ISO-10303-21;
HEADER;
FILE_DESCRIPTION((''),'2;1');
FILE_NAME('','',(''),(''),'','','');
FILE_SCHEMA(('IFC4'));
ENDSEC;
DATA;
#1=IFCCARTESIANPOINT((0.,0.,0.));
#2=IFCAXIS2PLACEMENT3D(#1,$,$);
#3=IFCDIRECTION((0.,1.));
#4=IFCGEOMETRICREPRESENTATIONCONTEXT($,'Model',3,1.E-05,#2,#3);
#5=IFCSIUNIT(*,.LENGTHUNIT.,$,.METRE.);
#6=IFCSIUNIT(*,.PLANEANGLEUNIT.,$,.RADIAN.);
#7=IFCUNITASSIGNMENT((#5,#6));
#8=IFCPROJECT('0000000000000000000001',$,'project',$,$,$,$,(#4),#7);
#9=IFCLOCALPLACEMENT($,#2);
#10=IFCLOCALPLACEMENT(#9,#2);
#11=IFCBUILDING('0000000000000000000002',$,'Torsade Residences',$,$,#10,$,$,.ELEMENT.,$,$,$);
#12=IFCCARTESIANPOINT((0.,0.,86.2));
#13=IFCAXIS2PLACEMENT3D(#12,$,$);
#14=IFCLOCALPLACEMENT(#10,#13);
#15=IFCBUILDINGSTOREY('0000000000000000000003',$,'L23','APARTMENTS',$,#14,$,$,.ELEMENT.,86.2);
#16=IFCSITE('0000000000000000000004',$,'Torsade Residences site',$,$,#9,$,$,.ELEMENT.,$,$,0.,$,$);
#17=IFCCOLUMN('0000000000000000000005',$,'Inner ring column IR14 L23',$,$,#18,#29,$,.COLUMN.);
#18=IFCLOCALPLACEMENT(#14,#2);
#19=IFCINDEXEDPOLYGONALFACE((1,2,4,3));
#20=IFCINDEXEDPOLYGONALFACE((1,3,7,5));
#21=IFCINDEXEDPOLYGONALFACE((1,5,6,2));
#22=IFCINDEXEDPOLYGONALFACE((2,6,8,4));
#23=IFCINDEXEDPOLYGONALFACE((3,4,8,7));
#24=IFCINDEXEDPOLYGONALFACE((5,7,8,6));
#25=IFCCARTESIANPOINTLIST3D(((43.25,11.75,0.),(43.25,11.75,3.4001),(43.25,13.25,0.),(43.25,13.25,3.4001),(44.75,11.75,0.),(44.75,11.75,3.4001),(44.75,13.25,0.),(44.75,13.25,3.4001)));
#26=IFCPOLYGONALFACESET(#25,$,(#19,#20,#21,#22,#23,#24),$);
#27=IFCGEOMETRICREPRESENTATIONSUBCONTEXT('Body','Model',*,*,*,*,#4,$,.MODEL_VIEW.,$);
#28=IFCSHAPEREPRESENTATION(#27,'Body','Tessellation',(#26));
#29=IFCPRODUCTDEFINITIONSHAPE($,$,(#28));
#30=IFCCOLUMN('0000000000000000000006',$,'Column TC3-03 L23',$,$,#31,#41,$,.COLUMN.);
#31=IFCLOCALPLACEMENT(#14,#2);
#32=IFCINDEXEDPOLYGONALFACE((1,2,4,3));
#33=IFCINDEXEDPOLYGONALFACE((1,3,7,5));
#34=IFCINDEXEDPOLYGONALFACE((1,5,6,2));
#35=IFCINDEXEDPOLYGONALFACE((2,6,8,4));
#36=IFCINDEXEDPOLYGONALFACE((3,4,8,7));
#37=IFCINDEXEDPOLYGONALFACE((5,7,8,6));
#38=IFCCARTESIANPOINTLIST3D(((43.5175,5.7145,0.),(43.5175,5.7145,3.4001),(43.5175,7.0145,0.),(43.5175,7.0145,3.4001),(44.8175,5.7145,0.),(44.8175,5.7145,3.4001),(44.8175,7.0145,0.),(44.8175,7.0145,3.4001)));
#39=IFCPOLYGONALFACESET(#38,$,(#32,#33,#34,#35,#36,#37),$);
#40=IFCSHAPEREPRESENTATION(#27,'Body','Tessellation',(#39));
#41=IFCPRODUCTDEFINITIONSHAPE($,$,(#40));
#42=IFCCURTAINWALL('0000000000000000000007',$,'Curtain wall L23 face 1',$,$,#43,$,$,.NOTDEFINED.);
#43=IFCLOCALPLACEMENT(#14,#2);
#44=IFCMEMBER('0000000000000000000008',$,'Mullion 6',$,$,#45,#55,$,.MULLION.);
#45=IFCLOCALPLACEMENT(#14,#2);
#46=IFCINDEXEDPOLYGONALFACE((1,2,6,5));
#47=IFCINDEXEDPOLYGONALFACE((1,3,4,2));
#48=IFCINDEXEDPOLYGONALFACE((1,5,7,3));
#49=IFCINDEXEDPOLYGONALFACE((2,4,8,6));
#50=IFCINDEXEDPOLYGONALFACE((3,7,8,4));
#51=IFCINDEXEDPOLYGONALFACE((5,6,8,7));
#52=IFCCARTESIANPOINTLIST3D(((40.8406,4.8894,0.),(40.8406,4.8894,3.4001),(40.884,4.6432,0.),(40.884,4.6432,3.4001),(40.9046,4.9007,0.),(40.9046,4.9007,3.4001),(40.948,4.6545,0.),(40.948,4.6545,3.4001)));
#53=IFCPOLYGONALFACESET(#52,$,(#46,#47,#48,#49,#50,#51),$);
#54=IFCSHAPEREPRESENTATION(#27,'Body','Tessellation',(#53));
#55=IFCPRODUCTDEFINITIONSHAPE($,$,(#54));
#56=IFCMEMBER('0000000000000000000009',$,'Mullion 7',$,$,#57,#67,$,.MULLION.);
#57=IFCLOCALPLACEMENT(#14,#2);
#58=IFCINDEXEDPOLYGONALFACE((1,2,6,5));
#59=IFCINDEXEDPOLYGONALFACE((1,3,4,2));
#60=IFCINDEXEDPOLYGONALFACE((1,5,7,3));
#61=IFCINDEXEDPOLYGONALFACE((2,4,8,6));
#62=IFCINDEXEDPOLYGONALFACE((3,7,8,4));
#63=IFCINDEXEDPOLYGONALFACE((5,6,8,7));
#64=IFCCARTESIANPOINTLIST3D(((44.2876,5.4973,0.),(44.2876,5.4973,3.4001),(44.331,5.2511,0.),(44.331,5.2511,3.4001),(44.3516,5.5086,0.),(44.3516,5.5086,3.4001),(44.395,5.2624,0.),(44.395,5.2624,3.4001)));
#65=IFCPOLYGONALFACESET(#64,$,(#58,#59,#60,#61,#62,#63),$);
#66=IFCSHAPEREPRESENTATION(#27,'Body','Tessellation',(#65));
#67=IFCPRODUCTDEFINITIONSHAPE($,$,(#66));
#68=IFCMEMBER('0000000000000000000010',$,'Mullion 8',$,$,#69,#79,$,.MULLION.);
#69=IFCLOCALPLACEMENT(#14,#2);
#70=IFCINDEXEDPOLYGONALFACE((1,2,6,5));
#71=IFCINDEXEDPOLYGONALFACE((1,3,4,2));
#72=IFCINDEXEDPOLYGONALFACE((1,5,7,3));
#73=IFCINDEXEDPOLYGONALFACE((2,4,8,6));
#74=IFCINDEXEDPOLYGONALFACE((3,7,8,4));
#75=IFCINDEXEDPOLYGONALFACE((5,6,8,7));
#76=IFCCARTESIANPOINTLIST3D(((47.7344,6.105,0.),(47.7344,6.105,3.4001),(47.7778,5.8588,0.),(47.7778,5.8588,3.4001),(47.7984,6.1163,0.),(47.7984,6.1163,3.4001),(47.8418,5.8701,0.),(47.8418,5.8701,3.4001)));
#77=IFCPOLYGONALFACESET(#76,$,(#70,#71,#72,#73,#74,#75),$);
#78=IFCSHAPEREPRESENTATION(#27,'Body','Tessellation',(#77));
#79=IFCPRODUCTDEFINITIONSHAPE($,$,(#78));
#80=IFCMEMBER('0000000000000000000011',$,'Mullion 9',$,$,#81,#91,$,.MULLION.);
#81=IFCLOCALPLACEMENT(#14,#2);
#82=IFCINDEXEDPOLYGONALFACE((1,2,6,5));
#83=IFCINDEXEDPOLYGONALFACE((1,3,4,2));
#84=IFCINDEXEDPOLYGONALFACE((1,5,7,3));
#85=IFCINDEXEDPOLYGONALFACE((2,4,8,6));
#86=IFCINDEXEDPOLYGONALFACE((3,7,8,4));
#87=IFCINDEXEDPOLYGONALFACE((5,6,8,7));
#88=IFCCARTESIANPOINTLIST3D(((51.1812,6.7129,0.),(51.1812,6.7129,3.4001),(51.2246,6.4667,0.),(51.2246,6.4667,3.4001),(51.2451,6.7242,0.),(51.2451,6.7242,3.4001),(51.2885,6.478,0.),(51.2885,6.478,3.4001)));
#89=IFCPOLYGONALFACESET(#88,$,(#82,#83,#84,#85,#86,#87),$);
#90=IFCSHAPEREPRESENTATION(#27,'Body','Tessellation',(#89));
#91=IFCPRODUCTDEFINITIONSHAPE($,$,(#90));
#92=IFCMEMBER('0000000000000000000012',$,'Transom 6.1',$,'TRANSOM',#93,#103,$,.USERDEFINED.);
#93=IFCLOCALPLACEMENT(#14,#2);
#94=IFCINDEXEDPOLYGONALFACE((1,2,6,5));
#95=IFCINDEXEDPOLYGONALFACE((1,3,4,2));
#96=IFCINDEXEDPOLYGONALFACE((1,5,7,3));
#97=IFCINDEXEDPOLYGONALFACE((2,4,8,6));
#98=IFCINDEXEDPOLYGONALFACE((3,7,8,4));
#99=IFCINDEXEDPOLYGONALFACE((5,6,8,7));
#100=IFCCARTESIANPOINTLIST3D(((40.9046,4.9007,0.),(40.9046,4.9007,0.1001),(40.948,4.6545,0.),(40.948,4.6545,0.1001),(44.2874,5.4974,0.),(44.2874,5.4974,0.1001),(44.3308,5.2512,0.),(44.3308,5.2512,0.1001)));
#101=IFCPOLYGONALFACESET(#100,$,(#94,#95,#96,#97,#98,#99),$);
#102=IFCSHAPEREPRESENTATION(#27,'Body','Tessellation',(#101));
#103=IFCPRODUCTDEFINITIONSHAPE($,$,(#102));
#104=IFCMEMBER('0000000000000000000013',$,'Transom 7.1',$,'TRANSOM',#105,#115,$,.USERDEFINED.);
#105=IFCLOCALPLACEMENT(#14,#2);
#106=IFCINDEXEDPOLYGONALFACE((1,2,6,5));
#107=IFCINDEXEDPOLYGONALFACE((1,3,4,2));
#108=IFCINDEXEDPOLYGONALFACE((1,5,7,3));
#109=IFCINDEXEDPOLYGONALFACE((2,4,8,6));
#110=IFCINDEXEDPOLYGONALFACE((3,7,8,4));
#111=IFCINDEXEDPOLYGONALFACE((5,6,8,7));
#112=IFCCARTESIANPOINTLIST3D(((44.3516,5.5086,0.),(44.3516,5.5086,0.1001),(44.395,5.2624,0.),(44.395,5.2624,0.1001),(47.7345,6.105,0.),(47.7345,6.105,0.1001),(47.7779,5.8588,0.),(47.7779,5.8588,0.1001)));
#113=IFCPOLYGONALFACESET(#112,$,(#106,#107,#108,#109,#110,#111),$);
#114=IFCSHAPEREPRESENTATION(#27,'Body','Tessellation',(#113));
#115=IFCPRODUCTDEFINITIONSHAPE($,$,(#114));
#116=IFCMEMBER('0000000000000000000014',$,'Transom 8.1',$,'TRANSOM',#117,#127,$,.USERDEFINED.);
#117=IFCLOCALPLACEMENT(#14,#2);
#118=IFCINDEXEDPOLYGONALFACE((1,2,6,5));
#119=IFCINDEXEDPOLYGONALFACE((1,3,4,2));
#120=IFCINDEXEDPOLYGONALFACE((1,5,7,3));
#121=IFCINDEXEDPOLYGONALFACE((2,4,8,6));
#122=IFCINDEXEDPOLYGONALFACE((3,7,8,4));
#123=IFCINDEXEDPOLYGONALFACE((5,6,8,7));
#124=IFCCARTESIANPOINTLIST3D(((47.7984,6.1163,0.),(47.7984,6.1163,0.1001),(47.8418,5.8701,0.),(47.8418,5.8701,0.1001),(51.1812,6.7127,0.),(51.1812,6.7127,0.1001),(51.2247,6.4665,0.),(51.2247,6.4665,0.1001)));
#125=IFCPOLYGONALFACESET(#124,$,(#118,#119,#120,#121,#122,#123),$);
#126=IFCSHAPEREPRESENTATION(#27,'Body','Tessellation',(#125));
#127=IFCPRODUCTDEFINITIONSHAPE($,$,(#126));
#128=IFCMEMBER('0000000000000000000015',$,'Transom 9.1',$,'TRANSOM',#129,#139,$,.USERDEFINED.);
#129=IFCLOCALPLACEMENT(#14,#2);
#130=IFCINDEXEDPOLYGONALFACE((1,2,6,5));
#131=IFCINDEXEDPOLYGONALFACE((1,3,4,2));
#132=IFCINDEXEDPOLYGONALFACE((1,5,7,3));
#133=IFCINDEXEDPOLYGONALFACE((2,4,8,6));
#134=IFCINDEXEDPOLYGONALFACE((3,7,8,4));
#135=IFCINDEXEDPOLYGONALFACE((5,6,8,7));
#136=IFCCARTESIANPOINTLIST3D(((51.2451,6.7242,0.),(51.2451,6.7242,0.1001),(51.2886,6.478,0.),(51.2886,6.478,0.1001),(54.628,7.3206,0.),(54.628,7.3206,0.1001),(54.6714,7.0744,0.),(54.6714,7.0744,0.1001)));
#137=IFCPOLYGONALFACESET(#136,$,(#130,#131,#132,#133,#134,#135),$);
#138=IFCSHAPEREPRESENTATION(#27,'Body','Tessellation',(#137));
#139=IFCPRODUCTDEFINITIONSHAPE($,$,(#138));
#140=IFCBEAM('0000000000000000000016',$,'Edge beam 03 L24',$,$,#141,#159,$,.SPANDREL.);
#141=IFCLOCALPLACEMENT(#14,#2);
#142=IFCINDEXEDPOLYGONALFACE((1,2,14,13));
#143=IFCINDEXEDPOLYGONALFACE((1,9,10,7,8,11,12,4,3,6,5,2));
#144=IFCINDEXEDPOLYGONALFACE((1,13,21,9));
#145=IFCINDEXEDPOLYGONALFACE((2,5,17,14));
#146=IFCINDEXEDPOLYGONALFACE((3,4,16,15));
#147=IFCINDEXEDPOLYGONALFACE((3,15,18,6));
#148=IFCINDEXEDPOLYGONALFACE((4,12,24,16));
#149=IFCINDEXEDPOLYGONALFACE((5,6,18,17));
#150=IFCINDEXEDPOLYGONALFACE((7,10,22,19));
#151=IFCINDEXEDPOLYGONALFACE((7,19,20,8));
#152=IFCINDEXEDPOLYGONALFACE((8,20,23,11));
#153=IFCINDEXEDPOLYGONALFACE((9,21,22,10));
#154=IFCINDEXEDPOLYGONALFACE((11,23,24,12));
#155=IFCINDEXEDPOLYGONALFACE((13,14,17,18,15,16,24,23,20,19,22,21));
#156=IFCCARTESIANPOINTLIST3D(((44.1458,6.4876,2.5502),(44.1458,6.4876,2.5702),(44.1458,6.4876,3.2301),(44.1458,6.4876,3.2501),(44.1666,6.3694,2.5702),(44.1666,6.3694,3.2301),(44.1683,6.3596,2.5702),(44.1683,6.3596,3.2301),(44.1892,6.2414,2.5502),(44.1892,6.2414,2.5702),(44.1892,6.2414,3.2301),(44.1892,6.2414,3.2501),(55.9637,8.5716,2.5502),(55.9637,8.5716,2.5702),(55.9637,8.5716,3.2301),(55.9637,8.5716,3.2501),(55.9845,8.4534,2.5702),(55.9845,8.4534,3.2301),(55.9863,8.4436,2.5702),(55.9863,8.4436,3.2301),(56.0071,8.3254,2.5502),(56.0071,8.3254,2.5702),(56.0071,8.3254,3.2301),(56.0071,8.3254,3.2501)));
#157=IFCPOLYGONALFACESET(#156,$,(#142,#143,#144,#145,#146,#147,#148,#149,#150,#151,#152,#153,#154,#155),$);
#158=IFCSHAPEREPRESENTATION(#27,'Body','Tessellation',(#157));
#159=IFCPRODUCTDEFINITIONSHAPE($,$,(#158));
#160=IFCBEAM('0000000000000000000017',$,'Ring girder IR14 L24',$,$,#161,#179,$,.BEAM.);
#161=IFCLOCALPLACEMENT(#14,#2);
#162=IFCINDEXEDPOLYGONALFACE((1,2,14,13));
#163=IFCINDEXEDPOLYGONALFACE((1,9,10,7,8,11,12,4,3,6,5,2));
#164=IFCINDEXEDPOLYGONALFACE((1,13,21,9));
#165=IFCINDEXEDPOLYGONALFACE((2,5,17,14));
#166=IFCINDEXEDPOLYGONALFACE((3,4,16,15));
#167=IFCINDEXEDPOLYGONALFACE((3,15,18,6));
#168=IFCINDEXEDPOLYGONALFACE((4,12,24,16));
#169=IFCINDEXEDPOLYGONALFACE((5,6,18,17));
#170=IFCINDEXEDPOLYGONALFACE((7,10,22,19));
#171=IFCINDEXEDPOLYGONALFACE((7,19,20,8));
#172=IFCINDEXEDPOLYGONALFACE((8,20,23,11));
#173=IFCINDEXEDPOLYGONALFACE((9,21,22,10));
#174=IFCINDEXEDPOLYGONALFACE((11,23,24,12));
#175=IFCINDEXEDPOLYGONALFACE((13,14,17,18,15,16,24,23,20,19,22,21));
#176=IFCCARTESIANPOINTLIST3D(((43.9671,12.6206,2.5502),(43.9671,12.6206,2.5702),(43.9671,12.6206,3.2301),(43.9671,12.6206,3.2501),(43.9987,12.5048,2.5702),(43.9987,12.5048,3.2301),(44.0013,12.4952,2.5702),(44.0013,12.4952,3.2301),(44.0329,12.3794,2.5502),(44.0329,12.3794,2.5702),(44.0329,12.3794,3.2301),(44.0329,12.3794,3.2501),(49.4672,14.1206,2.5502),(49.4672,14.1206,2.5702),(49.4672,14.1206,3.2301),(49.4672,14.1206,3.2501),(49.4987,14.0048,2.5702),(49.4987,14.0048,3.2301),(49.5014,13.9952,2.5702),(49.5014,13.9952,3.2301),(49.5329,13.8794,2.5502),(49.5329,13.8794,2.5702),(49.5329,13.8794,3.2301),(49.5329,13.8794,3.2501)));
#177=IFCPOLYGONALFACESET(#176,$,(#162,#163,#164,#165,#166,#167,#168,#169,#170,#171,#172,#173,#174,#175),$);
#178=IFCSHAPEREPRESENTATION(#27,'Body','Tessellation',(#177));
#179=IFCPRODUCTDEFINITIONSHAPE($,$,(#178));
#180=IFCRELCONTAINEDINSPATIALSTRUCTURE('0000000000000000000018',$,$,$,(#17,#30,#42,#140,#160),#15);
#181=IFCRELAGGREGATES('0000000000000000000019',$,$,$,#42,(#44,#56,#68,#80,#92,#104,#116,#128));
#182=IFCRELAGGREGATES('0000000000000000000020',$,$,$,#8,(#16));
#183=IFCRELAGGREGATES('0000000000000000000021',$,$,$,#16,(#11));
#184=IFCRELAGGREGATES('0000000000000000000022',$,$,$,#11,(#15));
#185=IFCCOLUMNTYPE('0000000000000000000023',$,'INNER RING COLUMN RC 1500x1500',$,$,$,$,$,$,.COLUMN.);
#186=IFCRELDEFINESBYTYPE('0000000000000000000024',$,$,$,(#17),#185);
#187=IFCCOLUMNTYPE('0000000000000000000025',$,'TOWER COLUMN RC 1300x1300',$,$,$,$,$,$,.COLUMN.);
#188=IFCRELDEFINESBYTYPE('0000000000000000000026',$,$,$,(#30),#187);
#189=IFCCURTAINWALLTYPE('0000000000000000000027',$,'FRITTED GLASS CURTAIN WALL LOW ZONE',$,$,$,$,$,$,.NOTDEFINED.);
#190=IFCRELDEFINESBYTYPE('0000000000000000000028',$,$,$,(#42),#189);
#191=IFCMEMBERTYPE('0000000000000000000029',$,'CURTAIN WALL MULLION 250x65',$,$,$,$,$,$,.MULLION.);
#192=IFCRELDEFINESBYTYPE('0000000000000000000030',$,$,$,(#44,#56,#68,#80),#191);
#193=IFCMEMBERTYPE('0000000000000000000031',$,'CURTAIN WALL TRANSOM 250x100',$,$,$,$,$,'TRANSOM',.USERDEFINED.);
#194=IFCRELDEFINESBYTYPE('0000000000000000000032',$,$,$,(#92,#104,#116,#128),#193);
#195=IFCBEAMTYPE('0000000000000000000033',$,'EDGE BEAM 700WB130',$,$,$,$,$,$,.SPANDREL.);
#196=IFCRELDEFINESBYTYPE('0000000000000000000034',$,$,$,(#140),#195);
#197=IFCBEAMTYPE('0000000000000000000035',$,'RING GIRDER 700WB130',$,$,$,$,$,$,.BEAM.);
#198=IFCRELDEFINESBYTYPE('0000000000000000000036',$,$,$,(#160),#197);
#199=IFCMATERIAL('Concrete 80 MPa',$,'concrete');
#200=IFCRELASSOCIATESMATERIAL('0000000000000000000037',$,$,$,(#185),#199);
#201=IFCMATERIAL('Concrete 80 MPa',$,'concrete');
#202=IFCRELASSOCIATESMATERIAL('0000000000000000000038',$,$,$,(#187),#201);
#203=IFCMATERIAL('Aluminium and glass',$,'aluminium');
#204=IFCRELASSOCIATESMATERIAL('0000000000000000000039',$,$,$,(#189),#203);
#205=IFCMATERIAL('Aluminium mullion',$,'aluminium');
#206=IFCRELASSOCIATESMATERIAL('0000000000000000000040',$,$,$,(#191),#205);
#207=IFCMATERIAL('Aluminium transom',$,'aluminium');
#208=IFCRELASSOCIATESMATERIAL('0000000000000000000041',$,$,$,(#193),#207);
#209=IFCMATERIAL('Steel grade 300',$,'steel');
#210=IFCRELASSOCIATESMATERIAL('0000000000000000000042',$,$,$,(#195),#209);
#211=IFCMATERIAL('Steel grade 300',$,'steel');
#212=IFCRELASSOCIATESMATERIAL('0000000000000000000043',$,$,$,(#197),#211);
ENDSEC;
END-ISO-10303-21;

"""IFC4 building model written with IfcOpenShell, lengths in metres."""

from ifc_helpers import new_model, si_unit, direction, frame, origin, origin_2d, place, context, subcontext, project, spatial, rectangle, i_section, extrude, material, material_profile, profile_set, type_object, element, aggregate, save


model = new_model("IFC4")

# Units and contexts
model_context = context("Model", 3, precision=1e-05, world=origin(), true_north=direction((0.0, 1.0)))
body_context = subcontext(model_context, "Body", "Model", "MODEL_VIEW")
ifc_project = project(units=[si_unit("LENGTHUNIT", "METRE"), si_unit("PLANEANGLEUNIT", "RADIAN")], contexts=[model_context])

# Site, building, storey
site_placement = place(None, origin())
site = spatial("IfcSite", under=ifc_project, at=site_placement, Name="Torsade Residences site", CompositionType="ELEMENT", RefElevation=0.0)
building_placement = place(site_placement, origin())
building = spatial("IfcBuilding", under=site, at=building_placement, Name="Torsade Residences", CompositionType="ELEMENT")
storey_placement = place(building_placement, frame((0.0, 0.0, 86.2)))
storey = spatial("IfcBuildingStorey", under=building, at=storey_placement, Name="L23", Description="APARTMENTS", CompositionType="ELEMENT", Elevation=86.2)

# Columns
ifc_material_1 = material(Name="Concrete 80 MPa", Category="concrete")
ifc_material_profile_1 = material_profile(ifc_material_1, rectangle(XDim=1.5, YDim=1.5, at=origin_2d()), Name="RC 1500x1500")
ifc_profile_set_1 = profile_set([ifc_material_profile_1], Name="Concrete 80 MPa")
column_type_1 = type_object("IfcColumnType", Name="INNER RING COLUMN RC 1500x1500", PredefinedType="COLUMN", material=ifc_profile_set_1)
column_1_placement = place(storey_placement, frame((44.0, 12.5, 0.0), z_axis=(0.0, 0.0, 1.0), x_axis=(1.0, 0.0, 0.0)))
element("IfcColumn", 1, at=column_1_placement, inside=storey, type_object=column_type_1, Name="Inner ring column IR14 L23", PredefinedType="COLUMN", context=body_context, shape_type="SweptSolid", body=[
    extrude(rectangle(XDim=1.5, YDim=1.5, at=origin_2d()), origin(), (0.0, 0.0, 1.0), 3.4001),
])
ifc_material_2 = material(Name="Concrete 80 MPa", Category="concrete")
ifc_material_profile_2 = material_profile(ifc_material_2, rectangle(XDim=1.3, YDim=1.3, at=origin_2d()), Name="RC 1300x1300")
ifc_profile_set_2 = profile_set([ifc_material_profile_2], Name="Concrete 80 MPa")
column_type_2 = type_object("IfcColumnType", Name="TOWER COLUMN RC 1300x1300", PredefinedType="COLUMN", material=ifc_profile_set_2)
column_2_placement = place(storey_placement, frame((44.1675, 6.3645, 0.0), z_axis=(0.0, 0.0, 1.0), x_axis=(1.0, 0.0, 0.0)))
element("IfcColumn", 2, at=column_2_placement, inside=storey, type_object=column_type_2, Name="Column TC3-03 L23", PredefinedType="COLUMN", context=body_context, shape_type="SweptSolid", body=[
    extrude(rectangle(XDim=1.3, YDim=1.3, at=origin_2d()), origin(), (0.0, 0.0, 1.0), 3.4001),
])

# Curtain wall, members
ifc_material_3 = material(Name="Aluminium and glass", Category="aluminium")
curtain_wall_type = type_object("IfcCurtainWallType", Name="FRITTED GLASS CURTAIN WALL LOW ZONE", PredefinedType="NOTDEFINED", material=ifc_material_3)
curtain_wall_placement = place(storey_placement, origin())
curtain_wall = element("IfcCurtainWall", 3, at=curtain_wall_placement, inside=storey, type_object=curtain_wall_type, Name="Curtain wall L23 face 1", PredefinedType="NOTDEFINED")
ifc_material_4 = material(Name="Aluminium mullion", Category="aluminium")
ifc_material_profile_3 = material_profile(ifc_material_4, rectangle(XDim=0.25, YDim=0.0649, at=origin_2d()), Name="CURTAIN WALL MULLION 250x65")
ifc_profile_set_3 = profile_set([ifc_material_profile_3], Name="Aluminium mullion")
member_type_1 = type_object("IfcMemberType", Name="CURTAIN WALL MULLION 250x65", PredefinedType="MULLION", material=ifc_profile_set_3)
member_1_placement = place(storey_placement, frame((40.8943, 4.772, 0.0), z_axis=(0.0, 0.0, 1.0), x_axis=(-0.173648, 0.984808, 0.0)))
member_1 = element("IfcMember", 4, at=member_1_placement, type_object=member_type_1, Name="Mullion 6", PredefinedType="MULLION", context=body_context, shape_type="SweptSolid", body=[
    extrude(rectangle(XDim=0.25, YDim=0.0649, at=origin_2d()), origin(), (0.0, 0.0, 1.0), 3.4001),
])
member_2_placement = place(storey_placement, frame((44.3413, 5.3799, 0.0), z_axis=(0.0, 0.0, 1.0), x_axis=(-0.173648, 0.984808, 0.0)))
member_2 = element("IfcMember", 5, at=member_2_placement, type_object=member_type_1, Name="Mullion 7", PredefinedType="MULLION", context=body_context, shape_type="SweptSolid", body=[
    extrude(rectangle(XDim=0.25, YDim=0.0649, at=origin_2d()), origin(), (0.0, 0.0, 1.0), 3.4001),
])
member_3_placement = place(storey_placement, frame((47.7881, 5.9875, 0.0), z_axis=(0.0, 0.0, 1.0), x_axis=(-0.173648, 0.984808, 0.0)))
member_3 = element("IfcMember", 6, at=member_3_placement, type_object=member_type_1, Name="Mullion 8", PredefinedType="MULLION", context=body_context, shape_type="SweptSolid", body=[
    extrude(rectangle(XDim=0.25, YDim=0.0649, at=origin_2d()), origin(), (0.0, 0.0, 1.0), 3.4001),
])
member_4_placement = place(storey_placement, frame((51.2349, 6.5955, 0.0), z_axis=(0.0, 0.0, 1.0), x_axis=(-0.173648, 0.984808, 0.0)))
member_4 = element("IfcMember", 7, at=member_4_placement, type_object=member_type_1, Name="Mullion 9", PredefinedType="MULLION", context=body_context, shape_type="SweptSolid", body=[
    extrude(rectangle(XDim=0.25, YDim=0.0649, at=origin_2d()), origin(), (0.0, 0.0, 1.0), 3.4001),
])
ifc_material_5 = material(Name="Aluminium transom", Category="aluminium")
ifc_material_profile_4 = material_profile(ifc_material_5, rectangle(XDim=0.25, YDim=0.1001, at=origin_2d()), Name="CURTAIN WALL TRANSOM 250x100")
ifc_profile_set_4 = profile_set([ifc_material_profile_4], Name="Aluminium transom")
member_type_2 = type_object("IfcMemberType", Name="CURTAIN WALL TRANSOM 250x100", ElementType="TRANSOM", PredefinedType="USERDEFINED", material=ifc_profile_set_4)
member_5_placement = place(storey_placement, frame((40.9263, 4.7776, 0.05), z_axis=(0.984798, 0.173704, 0.0), x_axis=(-0.173704, 0.984798, 0.0)))
member_5 = element("IfcMember", 8, at=member_5_placement, type_object=member_type_2, Name="Transom 6.1", ObjectType="TRANSOM", PredefinedType="USERDEFINED", context=body_context, shape_type="SweptSolid", body=[
    extrude(rectangle(XDim=0.25, YDim=0.1001, at=origin_2d()), origin(), (0.0, 0.0, 1.0), 3.4351),
])
member_6_placement = place(storey_placement, frame((44.3733, 5.3855, 0.05), z_axis=(0.98481, 0.173635, 0.0), x_axis=(-0.173635, 0.98481, 0.0)))
member_6 = element("IfcMember", 9, at=member_6_placement, type_object=member_type_2, Name="Transom 7.1", ObjectType="TRANSOM", PredefinedType="USERDEFINED", context=body_context, shape_type="SweptSolid", body=[
    extrude(rectangle(XDim=0.25, YDim=0.1001, at=origin_2d()), origin(), (0.0, 0.0, 1.0), 3.4351),
])
member_7_placement = place(storey_placement, frame((47.8201, 5.9932, 0.05), z_axis=(0.98481, 0.173635, 0.0), x_axis=(-0.173635, 0.98481, 0.0)))
member_7 = element("IfcMember", 10, at=member_7_placement, type_object=member_type_2, Name="Transom 8.1", ObjectType="TRANSOM", PredefinedType="USERDEFINED", context=body_context, shape_type="SweptSolid", body=[
    extrude(rectangle(XDim=0.25, YDim=0.1001, at=origin_2d()), origin(), (0.0, 0.0, 1.0), 3.4351),
])
member_8_placement = place(storey_placement, frame((51.2668, 6.6011, 0.05), z_axis=(0.98481, 0.173635, 0.0), x_axis=(-0.173635, 0.98481, 0.0)))
member_8 = element("IfcMember", 11, at=member_8_placement, type_object=member_type_2, Name="Transom 9.1", ObjectType="TRANSOM", PredefinedType="USERDEFINED", context=body_context, shape_type="SweptSolid", body=[
    extrude(rectangle(XDim=0.25, YDim=0.1001, at=origin_2d()), origin(), (0.0, 0.0, 1.0), 3.4351),
])

# Beams
ifc_material_6 = material(Name="Steel grade 300", Category="steel")
ifc_material_profile_5 = material_profile(ifc_material_6, i_section(OverallWidth=0.25, OverallDepth=0.7, WebThickness=0.01, FlangeThickness=0.02, at=origin_2d()), Name="700WB130")
ifc_profile_set_5 = profile_set([ifc_material_profile_5], Name="Steel grade 300")
beam_type_1 = type_object("IfcBeamType", Name="EDGE BEAM 700WB130", PredefinedType="SPANDREL", material=ifc_profile_set_5)
beam_1_placement = place(storey_placement, frame((44.1675, 6.3645, 2.9001), z_axis=(0.984805, 0.173662, 0.0), x_axis=(-0.173662, 0.984805, 0.0)))
element("IfcBeam", 12, at=beam_1_placement, inside=storey, type_object=beam_type_1, Name="Edge beam 03 L24", PredefinedType="SPANDREL", context=body_context, shape_type="SweptSolid", body=[
    extrude(i_section(OverallWidth=0.25, OverallDepth=0.7, WebThickness=0.01, FlangeThickness=0.02, at=origin_2d()), origin(), (0.0, 0.0, 1.0), 12.0002),
])
ifc_material_7 = material(Name="Steel grade 300", Category="steel")
ifc_material_profile_6 = material_profile(ifc_material_7, i_section(OverallWidth=0.25, OverallDepth=0.7, WebThickness=0.01, FlangeThickness=0.02, at=origin_2d()), Name="700WB130")
ifc_profile_set_6 = profile_set([ifc_material_profile_6], Name="Steel grade 300")
beam_type_2 = type_object("IfcBeamType", Name="RING GIRDER 700WB130", PredefinedType="BEAM", material=ifc_profile_set_6)
beam_2_placement = place(storey_placement, frame((44.0, 12.5, 2.9001), z_axis=(0.964764, 0.263117, 0.0), x_axis=(-0.263117, 0.964764, 0.0)))
element("IfcBeam", 13, at=beam_2_placement, inside=storey, type_object=beam_type_2, Name="Ring girder IR14 L24", PredefinedType="BEAM", context=body_context, shape_type="SweptSolid", body=[
    extrude(i_section(OverallWidth=0.25, OverallDepth=0.7, WebThickness=0.01, FlangeThickness=0.02, at=origin_2d()), origin(), (0.0, 0.0, 1.0), 5.7009),
])

aggregate(curtain_wall, [member_1, member_2, member_3, member_4, member_5, member_6, member_7, member_8])

save(model, "model.ifc")
